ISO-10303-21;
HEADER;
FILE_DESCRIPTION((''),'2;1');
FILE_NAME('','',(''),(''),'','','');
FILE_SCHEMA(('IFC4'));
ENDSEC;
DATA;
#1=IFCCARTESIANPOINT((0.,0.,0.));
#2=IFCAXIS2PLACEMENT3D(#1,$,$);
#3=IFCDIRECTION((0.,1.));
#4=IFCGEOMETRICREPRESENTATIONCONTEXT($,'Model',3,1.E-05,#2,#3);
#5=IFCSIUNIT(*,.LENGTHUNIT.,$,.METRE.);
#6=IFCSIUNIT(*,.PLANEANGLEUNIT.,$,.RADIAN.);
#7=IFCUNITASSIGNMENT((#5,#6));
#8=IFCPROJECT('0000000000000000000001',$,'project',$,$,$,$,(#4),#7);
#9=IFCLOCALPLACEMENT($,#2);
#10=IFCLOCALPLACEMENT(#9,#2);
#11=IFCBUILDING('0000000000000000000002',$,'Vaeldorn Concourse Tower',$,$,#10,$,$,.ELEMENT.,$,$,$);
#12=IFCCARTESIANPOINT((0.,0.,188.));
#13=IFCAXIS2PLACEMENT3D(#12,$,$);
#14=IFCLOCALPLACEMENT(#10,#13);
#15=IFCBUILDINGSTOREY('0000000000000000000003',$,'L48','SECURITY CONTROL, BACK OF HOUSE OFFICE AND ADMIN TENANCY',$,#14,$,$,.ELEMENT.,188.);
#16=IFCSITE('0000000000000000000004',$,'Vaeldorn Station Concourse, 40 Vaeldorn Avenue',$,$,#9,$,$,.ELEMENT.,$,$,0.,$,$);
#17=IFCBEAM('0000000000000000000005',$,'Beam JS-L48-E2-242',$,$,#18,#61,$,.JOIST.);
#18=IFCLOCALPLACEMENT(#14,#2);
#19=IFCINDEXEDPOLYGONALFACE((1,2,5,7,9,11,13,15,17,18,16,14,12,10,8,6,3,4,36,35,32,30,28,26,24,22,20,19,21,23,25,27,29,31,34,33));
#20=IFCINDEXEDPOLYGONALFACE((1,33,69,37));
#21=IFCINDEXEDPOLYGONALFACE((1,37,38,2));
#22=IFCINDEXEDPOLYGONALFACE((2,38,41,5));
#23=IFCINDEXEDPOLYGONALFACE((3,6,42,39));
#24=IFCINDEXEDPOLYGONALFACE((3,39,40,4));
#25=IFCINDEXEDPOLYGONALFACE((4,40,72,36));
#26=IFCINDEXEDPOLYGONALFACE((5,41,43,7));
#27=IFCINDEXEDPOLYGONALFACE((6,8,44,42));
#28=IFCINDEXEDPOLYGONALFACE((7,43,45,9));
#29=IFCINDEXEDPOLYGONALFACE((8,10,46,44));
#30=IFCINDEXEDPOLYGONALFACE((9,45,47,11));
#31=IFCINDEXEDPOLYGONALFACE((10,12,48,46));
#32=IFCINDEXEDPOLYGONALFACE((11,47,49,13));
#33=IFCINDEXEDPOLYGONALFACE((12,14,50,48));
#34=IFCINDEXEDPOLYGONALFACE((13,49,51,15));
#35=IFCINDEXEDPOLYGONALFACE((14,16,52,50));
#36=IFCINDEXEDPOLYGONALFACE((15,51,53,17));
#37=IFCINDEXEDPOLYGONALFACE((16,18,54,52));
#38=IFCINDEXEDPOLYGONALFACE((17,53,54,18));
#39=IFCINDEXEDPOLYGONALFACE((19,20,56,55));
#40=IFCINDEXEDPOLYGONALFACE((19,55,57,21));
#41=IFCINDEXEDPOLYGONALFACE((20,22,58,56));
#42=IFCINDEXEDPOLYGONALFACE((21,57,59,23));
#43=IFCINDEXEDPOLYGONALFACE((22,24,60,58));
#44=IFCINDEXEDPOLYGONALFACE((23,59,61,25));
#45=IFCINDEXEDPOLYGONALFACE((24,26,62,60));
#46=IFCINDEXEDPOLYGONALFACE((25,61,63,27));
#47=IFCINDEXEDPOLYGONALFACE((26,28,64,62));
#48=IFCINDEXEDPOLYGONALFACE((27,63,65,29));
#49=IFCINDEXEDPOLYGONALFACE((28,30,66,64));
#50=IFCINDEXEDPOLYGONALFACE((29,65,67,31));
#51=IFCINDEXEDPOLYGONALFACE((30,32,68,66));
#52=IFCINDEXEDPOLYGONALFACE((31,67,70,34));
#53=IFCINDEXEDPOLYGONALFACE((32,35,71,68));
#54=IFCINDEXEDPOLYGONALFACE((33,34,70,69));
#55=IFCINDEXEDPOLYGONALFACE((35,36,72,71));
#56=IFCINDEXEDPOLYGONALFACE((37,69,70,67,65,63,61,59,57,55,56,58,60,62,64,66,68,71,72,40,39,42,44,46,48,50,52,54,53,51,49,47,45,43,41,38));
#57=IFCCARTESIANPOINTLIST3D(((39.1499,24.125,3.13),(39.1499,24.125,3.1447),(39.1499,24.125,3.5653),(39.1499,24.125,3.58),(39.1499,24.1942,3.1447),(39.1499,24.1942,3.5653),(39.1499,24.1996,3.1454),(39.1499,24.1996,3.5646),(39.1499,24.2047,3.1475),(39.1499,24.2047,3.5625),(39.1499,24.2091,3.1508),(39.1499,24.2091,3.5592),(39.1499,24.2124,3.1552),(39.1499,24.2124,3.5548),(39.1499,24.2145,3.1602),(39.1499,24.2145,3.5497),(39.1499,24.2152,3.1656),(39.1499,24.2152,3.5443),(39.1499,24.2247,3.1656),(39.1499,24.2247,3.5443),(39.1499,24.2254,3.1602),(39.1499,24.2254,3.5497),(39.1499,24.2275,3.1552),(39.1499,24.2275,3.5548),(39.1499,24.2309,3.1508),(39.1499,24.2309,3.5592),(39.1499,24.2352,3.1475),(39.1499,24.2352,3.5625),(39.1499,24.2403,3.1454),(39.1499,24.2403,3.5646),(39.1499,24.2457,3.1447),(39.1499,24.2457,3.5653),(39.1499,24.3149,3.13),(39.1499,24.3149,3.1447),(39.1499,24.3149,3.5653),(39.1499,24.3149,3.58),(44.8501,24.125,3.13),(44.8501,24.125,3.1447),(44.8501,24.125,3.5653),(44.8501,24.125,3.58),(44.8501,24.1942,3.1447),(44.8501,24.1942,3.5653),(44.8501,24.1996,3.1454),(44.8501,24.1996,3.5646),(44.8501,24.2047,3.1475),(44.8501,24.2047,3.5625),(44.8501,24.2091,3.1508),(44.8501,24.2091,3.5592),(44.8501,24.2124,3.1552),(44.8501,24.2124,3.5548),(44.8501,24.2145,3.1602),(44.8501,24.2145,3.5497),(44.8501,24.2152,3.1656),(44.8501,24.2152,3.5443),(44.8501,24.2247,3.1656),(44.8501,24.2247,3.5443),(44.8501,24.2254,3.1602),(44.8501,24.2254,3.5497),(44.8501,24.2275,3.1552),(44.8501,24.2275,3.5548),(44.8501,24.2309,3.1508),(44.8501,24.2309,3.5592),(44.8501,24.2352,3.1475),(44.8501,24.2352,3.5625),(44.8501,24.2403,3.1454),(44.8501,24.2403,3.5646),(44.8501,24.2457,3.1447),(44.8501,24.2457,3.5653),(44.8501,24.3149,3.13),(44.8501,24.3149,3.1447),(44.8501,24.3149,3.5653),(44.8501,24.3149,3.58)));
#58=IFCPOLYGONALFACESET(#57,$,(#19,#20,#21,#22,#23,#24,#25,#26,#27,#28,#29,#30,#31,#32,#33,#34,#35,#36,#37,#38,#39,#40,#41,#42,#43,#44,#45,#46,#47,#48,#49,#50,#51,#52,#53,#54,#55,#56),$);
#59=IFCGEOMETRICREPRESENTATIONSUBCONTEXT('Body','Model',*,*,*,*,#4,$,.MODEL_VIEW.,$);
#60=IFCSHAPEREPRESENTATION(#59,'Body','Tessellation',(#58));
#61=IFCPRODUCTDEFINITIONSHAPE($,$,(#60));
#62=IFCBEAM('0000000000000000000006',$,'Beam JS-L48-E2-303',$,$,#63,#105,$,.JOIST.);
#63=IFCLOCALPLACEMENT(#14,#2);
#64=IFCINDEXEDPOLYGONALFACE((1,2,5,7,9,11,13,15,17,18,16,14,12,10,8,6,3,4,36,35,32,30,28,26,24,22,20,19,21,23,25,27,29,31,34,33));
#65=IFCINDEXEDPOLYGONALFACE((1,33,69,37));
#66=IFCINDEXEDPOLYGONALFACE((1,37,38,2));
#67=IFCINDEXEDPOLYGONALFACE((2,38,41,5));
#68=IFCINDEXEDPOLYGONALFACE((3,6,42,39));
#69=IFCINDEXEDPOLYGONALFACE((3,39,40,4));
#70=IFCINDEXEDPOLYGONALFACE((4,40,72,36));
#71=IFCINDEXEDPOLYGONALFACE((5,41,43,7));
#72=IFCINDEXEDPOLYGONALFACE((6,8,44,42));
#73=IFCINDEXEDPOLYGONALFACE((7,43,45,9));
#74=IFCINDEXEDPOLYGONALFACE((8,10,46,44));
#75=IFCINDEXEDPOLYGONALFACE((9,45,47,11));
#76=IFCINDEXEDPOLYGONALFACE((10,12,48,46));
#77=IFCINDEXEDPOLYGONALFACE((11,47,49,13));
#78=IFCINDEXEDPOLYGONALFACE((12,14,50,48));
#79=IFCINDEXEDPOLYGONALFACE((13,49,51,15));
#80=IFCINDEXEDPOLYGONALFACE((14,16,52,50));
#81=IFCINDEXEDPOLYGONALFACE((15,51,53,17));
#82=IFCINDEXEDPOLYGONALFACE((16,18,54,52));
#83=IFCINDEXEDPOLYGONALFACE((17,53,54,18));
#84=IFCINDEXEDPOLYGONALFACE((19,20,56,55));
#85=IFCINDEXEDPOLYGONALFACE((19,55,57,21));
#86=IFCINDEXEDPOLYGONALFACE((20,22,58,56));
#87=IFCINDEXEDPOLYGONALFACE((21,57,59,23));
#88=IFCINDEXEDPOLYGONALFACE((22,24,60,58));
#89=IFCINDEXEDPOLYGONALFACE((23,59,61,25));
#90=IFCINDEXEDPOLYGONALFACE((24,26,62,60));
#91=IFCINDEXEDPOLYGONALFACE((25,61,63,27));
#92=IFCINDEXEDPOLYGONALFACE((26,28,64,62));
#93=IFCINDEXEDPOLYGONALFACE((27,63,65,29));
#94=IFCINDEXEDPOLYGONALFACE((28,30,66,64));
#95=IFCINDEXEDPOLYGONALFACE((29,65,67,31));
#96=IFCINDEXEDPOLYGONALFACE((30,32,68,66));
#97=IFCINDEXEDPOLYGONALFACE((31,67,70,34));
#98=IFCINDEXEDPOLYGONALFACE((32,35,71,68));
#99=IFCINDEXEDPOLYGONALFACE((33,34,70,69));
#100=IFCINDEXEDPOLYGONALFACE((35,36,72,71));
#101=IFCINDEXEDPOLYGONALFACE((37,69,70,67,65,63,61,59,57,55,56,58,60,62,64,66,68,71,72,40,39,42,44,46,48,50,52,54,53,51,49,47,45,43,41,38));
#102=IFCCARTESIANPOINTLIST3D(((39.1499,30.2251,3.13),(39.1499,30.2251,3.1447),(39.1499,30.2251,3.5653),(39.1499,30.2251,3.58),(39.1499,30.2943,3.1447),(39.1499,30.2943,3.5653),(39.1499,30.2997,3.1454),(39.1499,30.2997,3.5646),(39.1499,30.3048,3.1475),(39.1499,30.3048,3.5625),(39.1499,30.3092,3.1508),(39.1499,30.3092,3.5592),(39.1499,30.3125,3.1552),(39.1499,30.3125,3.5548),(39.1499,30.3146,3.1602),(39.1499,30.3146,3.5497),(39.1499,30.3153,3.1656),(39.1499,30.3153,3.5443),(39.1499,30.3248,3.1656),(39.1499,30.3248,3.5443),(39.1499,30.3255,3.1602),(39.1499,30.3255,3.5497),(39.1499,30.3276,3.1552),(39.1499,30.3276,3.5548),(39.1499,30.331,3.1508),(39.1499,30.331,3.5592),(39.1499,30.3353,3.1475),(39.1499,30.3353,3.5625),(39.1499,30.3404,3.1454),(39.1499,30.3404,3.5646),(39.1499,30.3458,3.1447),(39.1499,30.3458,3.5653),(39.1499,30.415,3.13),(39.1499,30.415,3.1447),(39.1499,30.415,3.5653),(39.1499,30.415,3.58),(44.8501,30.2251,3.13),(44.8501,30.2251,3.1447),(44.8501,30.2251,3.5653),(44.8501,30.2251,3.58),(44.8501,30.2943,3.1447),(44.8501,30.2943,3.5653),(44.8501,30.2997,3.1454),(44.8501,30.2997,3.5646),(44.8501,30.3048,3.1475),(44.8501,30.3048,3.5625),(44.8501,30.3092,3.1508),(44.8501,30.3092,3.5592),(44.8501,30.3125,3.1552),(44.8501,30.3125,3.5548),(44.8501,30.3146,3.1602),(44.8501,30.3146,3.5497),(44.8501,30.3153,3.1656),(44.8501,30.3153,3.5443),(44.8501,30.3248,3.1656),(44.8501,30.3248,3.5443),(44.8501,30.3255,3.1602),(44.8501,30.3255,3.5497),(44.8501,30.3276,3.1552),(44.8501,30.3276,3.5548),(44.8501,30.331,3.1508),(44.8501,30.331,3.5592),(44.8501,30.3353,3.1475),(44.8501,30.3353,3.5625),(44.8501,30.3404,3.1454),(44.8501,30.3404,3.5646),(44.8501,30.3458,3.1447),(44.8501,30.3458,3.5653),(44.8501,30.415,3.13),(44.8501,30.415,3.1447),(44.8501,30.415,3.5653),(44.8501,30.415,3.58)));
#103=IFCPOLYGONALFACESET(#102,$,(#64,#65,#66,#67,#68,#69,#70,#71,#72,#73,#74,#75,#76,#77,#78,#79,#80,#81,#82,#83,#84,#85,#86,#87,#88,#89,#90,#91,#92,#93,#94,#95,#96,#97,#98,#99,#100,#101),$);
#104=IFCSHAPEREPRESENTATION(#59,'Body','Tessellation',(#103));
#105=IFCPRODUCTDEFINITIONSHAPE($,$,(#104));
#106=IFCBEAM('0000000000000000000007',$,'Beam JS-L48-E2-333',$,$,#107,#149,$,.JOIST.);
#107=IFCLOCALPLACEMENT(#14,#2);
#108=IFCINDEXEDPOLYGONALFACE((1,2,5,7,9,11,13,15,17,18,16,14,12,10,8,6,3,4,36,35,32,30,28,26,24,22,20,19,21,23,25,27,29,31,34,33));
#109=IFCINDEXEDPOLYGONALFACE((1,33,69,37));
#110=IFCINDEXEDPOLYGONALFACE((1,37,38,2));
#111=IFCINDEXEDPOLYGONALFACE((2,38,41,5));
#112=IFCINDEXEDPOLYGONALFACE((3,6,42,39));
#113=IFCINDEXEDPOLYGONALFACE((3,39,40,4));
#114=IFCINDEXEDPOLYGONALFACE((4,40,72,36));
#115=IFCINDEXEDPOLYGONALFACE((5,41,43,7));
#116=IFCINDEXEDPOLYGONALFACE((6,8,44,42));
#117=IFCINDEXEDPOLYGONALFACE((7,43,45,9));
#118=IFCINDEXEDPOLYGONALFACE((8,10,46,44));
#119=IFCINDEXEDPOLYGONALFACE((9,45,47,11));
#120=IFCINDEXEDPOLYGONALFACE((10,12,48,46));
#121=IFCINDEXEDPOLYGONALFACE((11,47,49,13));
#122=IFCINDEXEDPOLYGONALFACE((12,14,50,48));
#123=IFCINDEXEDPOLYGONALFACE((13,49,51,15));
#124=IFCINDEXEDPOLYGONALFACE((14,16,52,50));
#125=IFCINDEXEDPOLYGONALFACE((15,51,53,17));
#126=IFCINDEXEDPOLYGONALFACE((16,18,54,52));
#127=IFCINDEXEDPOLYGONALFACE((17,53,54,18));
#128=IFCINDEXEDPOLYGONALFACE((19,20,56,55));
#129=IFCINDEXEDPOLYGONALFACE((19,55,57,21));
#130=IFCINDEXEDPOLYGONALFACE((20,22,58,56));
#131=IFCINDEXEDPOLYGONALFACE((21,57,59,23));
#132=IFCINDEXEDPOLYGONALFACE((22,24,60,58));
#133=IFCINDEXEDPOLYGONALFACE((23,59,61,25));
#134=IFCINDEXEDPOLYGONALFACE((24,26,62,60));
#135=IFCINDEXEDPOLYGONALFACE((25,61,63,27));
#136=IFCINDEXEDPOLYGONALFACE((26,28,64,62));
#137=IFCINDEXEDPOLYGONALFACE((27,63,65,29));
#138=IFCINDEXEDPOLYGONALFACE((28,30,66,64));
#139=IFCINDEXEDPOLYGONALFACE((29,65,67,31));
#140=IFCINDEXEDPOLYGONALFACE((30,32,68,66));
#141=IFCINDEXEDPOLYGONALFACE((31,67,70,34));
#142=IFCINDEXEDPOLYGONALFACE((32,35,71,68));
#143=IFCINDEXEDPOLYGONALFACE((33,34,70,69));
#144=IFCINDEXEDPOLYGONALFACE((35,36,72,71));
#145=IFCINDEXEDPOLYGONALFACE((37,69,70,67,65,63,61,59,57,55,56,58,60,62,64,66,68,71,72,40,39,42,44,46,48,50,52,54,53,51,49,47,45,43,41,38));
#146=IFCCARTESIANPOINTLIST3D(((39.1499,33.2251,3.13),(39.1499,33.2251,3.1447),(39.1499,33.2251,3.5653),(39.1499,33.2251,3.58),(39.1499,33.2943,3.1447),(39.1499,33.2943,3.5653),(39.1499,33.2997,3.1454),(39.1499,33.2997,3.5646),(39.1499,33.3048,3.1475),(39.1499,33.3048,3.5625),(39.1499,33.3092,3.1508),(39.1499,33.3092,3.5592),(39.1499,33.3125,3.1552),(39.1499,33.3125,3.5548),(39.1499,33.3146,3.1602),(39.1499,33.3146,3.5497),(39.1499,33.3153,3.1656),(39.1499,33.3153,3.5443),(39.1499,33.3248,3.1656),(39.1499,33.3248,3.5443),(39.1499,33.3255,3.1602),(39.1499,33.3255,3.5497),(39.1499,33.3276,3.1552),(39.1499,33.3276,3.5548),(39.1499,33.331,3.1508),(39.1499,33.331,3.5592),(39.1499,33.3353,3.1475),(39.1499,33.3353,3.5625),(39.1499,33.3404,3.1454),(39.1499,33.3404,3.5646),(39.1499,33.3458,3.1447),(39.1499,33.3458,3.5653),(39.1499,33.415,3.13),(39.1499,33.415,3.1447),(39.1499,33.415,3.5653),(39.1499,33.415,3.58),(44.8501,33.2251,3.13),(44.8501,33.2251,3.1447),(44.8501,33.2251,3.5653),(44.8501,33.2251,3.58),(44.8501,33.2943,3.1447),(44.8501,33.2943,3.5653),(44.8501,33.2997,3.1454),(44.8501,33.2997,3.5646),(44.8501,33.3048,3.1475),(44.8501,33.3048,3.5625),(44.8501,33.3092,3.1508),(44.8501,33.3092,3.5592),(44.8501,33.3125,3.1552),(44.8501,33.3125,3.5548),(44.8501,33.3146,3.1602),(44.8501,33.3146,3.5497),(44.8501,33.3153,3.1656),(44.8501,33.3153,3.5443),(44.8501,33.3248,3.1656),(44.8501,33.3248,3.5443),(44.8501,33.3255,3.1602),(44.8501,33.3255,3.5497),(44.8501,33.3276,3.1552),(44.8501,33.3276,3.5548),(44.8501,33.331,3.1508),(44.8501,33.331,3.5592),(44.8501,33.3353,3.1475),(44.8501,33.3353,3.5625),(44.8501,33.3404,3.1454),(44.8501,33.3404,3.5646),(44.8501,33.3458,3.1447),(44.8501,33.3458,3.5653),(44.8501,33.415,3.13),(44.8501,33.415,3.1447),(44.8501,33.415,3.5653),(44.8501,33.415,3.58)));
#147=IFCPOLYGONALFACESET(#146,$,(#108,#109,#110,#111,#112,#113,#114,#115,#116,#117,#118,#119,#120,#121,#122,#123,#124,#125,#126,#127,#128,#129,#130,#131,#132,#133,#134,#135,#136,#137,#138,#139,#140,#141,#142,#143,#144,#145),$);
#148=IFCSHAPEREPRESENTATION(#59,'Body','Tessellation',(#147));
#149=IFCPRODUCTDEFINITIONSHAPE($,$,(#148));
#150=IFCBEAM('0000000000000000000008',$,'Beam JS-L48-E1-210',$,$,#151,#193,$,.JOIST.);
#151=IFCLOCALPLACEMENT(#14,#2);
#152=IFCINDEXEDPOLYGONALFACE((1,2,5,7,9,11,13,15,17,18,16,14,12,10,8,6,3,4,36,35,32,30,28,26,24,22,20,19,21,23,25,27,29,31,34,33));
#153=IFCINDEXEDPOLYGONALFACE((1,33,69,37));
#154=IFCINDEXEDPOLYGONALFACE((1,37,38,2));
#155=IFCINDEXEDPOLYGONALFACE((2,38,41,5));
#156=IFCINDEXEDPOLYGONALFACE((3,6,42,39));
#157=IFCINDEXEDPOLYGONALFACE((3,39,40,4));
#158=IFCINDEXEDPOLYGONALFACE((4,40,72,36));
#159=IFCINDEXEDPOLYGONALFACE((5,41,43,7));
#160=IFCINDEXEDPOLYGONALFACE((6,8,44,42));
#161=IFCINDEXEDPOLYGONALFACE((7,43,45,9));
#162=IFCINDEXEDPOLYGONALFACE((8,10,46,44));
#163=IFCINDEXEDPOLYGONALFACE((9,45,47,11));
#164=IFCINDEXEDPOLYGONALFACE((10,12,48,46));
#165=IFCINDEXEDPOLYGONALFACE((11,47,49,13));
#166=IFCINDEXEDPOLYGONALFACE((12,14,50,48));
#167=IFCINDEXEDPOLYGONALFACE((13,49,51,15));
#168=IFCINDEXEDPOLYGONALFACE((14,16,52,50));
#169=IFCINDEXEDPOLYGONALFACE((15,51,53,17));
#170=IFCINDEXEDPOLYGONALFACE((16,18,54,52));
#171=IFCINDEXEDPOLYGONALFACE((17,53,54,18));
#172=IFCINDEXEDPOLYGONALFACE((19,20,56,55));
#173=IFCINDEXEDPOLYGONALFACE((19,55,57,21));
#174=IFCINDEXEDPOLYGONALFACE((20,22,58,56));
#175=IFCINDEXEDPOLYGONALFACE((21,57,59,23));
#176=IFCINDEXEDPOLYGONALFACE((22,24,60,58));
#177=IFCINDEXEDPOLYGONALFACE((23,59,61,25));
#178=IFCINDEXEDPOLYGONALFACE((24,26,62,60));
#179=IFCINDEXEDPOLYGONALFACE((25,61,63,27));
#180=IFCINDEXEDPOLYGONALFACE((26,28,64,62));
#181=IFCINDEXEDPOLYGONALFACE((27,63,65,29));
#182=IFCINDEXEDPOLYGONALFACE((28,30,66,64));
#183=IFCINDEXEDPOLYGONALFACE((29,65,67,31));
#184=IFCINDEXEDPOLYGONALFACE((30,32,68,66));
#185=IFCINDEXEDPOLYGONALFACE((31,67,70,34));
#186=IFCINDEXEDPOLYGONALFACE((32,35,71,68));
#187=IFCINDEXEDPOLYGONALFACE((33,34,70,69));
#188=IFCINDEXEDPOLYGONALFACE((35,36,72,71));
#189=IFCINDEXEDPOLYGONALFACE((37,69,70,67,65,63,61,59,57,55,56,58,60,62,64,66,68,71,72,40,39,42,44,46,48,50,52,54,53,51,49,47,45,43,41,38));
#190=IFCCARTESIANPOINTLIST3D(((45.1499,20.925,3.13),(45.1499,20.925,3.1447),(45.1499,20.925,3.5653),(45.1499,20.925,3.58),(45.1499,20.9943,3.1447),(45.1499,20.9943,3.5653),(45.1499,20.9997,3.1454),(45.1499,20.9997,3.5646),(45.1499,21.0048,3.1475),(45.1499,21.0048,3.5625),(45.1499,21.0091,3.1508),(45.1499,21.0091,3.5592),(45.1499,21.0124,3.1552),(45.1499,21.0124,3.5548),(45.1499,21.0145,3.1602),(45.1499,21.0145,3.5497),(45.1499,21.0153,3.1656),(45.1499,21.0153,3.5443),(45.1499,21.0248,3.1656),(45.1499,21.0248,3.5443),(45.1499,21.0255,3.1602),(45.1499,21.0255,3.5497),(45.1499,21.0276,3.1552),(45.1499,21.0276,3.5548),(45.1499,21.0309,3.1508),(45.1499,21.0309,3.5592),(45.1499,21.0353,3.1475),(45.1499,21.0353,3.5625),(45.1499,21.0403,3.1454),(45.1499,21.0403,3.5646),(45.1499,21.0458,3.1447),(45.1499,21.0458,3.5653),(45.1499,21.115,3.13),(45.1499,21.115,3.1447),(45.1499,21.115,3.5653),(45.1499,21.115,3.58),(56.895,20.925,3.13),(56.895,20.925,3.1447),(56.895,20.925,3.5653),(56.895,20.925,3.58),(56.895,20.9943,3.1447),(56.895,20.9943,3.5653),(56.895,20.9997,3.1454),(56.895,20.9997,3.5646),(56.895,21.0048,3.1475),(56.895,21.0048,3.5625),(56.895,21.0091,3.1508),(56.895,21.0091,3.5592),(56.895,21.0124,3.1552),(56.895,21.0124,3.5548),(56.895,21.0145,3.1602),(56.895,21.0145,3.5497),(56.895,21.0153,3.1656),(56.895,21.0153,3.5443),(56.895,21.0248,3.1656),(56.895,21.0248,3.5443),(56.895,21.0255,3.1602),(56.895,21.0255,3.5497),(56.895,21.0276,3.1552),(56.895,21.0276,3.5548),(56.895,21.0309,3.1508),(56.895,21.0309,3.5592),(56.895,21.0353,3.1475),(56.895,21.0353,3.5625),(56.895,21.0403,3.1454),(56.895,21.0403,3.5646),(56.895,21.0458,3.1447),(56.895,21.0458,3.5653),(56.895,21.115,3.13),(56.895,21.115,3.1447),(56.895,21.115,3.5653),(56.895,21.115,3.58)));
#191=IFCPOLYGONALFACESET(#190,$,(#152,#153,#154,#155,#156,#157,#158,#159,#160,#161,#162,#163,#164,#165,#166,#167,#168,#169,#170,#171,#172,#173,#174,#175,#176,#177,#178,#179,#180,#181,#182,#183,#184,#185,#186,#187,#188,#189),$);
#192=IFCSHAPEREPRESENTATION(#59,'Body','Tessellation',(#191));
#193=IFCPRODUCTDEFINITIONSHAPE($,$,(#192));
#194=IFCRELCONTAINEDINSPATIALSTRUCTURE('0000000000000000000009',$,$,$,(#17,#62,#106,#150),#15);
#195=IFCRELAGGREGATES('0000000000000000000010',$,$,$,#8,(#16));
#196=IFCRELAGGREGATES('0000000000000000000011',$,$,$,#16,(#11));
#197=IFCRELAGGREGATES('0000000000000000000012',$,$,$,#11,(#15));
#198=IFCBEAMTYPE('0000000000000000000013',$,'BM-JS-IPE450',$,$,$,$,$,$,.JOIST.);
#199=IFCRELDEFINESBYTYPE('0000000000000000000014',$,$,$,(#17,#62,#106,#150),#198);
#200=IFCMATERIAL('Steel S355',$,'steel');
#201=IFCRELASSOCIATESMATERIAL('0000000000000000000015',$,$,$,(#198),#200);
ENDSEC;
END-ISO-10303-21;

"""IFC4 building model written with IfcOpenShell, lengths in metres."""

from ifc_helpers import new_model, si_unit, direction, frame, origin, origin_2d, place, context, subcontext, project, spatial, i_section, extrude, source, transform, mapped, material, material_profile, profile_set, type_object, element, save


model = new_model("IFC4")

# Units and contexts
model_context = context("Model", 3, precision=1e-05, world=origin(), true_north=direction((0.0, 1.0)))
body_context = subcontext(model_context, "Body", "Model", "MODEL_VIEW")
ifc_project = project(units=[si_unit("LENGTHUNIT", "METRE"), si_unit("PLANEANGLEUNIT", "RADIAN")], contexts=[model_context])

# Site, building, storey
site_placement = place(None, origin())
site = spatial("IfcSite", under=ifc_project, at=site_placement, Name="Vaeldorn Station Concourse, 40 Vaeldorn Avenue", CompositionType="ELEMENT", RefElevation=0.0)
building_placement = place(site_placement, origin())
building = spatial("IfcBuilding", under=site, at=building_placement, Name="Vaeldorn Concourse Tower", CompositionType="ELEMENT")
storey_placement = place(building_placement, frame((0.0, 0.0, 188.0)))
storey = spatial("IfcBuildingStorey", under=building, at=storey_placement, Name="L48", Description="SECURITY CONTROL, BACK OF HOUSE OFFICE AND ADMIN TENANCY", CompositionType="ELEMENT", Elevation=188.0)

# Shared definitions
ifc_material_1 = material(Name="Steel S355", Category="steel")

# Beams
ifc_material_profile_1 = material_profile(ifc_material_1, i_section(OverallWidth=0.1899, OverallDepth=0.45, WebThickness=0.0095, FlangeThickness=0.0146, FilletRadius=0.021, at=origin_2d()), Name="IPE 450")
ifc_profile_set_1 = profile_set([ifc_material_profile_1], Name="Steel S355")
beam_type_1 = type_object("IfcBeamType", Name="BM-JS-IPE450", PredefinedType="JOIST", material=ifc_profile_set_1)
shared_shape_1 = source(origin(), body_context, "Body", "SweptSolid", [
    extrude(i_section(OverallWidth=0.1899, OverallDepth=0.45, WebThickness=0.0095, FlangeThickness=0.0146, FilletRadius=0.021, at=origin_2d()), origin(), (0.0, 0.0, 1.0), 5.7002),
])
for number, where, z_axis, x_axis, name in (
    (1, (39.1499, 24.22, 3.355), (1.0, 0.0, 0.0), (0.0, 1.0, 0.0), "Beam JS-L48-E2-242"),
    (2, (39.1499, 30.3201, 3.355), (1.0, 0.0, 0.0), (0.0, 1.0, 0.0), "Beam JS-L48-E2-303"),
    (3, (39.1499, 33.3201, 3.355), (1.0, 0.0, 0.0), (0.0, 1.0, 0.0), "Beam JS-L48-E2-333"),
):
    element("IfcBeam", number, at=place(storey_placement, frame(where, z_axis=z_axis, x_axis=x_axis)), inside=storey, type_object=beam_type_1, Name=name, PredefinedType="JOIST", context=body_context, shape_type="MappedRepresentation", body=[
        mapped(shared_shape_1, transform((0.0, 0.0, 0.0), scale=1.0)),
    ])
shared_shape_2 = source(origin(), body_context, "Body", "SweptSolid", [
    extrude(i_section(OverallWidth=0.1899, OverallDepth=0.45, WebThickness=0.0095, FlangeThickness=0.0146, FilletRadius=0.021, at=origin_2d()), origin(), (0.0, 0.0, 1.0), 11.7451),
])
beam_1_placement = place(storey_placement, frame((45.1499, 21.02, 3.355), z_axis=(1.0, 0.0, 0.0), x_axis=(0.0, 1.0, 0.0)))
element("IfcBeam", 4, at=beam_1_placement, inside=storey, type_object=beam_type_1, Name="Beam JS-L48-E1-210", PredefinedType="JOIST", context=body_context, shape_type="MappedRepresentation", body=[
    mapped(shared_shape_2, transform((0.0, 0.0, 0.0), scale=1.0)),
])

save(model, "model.ifc")
